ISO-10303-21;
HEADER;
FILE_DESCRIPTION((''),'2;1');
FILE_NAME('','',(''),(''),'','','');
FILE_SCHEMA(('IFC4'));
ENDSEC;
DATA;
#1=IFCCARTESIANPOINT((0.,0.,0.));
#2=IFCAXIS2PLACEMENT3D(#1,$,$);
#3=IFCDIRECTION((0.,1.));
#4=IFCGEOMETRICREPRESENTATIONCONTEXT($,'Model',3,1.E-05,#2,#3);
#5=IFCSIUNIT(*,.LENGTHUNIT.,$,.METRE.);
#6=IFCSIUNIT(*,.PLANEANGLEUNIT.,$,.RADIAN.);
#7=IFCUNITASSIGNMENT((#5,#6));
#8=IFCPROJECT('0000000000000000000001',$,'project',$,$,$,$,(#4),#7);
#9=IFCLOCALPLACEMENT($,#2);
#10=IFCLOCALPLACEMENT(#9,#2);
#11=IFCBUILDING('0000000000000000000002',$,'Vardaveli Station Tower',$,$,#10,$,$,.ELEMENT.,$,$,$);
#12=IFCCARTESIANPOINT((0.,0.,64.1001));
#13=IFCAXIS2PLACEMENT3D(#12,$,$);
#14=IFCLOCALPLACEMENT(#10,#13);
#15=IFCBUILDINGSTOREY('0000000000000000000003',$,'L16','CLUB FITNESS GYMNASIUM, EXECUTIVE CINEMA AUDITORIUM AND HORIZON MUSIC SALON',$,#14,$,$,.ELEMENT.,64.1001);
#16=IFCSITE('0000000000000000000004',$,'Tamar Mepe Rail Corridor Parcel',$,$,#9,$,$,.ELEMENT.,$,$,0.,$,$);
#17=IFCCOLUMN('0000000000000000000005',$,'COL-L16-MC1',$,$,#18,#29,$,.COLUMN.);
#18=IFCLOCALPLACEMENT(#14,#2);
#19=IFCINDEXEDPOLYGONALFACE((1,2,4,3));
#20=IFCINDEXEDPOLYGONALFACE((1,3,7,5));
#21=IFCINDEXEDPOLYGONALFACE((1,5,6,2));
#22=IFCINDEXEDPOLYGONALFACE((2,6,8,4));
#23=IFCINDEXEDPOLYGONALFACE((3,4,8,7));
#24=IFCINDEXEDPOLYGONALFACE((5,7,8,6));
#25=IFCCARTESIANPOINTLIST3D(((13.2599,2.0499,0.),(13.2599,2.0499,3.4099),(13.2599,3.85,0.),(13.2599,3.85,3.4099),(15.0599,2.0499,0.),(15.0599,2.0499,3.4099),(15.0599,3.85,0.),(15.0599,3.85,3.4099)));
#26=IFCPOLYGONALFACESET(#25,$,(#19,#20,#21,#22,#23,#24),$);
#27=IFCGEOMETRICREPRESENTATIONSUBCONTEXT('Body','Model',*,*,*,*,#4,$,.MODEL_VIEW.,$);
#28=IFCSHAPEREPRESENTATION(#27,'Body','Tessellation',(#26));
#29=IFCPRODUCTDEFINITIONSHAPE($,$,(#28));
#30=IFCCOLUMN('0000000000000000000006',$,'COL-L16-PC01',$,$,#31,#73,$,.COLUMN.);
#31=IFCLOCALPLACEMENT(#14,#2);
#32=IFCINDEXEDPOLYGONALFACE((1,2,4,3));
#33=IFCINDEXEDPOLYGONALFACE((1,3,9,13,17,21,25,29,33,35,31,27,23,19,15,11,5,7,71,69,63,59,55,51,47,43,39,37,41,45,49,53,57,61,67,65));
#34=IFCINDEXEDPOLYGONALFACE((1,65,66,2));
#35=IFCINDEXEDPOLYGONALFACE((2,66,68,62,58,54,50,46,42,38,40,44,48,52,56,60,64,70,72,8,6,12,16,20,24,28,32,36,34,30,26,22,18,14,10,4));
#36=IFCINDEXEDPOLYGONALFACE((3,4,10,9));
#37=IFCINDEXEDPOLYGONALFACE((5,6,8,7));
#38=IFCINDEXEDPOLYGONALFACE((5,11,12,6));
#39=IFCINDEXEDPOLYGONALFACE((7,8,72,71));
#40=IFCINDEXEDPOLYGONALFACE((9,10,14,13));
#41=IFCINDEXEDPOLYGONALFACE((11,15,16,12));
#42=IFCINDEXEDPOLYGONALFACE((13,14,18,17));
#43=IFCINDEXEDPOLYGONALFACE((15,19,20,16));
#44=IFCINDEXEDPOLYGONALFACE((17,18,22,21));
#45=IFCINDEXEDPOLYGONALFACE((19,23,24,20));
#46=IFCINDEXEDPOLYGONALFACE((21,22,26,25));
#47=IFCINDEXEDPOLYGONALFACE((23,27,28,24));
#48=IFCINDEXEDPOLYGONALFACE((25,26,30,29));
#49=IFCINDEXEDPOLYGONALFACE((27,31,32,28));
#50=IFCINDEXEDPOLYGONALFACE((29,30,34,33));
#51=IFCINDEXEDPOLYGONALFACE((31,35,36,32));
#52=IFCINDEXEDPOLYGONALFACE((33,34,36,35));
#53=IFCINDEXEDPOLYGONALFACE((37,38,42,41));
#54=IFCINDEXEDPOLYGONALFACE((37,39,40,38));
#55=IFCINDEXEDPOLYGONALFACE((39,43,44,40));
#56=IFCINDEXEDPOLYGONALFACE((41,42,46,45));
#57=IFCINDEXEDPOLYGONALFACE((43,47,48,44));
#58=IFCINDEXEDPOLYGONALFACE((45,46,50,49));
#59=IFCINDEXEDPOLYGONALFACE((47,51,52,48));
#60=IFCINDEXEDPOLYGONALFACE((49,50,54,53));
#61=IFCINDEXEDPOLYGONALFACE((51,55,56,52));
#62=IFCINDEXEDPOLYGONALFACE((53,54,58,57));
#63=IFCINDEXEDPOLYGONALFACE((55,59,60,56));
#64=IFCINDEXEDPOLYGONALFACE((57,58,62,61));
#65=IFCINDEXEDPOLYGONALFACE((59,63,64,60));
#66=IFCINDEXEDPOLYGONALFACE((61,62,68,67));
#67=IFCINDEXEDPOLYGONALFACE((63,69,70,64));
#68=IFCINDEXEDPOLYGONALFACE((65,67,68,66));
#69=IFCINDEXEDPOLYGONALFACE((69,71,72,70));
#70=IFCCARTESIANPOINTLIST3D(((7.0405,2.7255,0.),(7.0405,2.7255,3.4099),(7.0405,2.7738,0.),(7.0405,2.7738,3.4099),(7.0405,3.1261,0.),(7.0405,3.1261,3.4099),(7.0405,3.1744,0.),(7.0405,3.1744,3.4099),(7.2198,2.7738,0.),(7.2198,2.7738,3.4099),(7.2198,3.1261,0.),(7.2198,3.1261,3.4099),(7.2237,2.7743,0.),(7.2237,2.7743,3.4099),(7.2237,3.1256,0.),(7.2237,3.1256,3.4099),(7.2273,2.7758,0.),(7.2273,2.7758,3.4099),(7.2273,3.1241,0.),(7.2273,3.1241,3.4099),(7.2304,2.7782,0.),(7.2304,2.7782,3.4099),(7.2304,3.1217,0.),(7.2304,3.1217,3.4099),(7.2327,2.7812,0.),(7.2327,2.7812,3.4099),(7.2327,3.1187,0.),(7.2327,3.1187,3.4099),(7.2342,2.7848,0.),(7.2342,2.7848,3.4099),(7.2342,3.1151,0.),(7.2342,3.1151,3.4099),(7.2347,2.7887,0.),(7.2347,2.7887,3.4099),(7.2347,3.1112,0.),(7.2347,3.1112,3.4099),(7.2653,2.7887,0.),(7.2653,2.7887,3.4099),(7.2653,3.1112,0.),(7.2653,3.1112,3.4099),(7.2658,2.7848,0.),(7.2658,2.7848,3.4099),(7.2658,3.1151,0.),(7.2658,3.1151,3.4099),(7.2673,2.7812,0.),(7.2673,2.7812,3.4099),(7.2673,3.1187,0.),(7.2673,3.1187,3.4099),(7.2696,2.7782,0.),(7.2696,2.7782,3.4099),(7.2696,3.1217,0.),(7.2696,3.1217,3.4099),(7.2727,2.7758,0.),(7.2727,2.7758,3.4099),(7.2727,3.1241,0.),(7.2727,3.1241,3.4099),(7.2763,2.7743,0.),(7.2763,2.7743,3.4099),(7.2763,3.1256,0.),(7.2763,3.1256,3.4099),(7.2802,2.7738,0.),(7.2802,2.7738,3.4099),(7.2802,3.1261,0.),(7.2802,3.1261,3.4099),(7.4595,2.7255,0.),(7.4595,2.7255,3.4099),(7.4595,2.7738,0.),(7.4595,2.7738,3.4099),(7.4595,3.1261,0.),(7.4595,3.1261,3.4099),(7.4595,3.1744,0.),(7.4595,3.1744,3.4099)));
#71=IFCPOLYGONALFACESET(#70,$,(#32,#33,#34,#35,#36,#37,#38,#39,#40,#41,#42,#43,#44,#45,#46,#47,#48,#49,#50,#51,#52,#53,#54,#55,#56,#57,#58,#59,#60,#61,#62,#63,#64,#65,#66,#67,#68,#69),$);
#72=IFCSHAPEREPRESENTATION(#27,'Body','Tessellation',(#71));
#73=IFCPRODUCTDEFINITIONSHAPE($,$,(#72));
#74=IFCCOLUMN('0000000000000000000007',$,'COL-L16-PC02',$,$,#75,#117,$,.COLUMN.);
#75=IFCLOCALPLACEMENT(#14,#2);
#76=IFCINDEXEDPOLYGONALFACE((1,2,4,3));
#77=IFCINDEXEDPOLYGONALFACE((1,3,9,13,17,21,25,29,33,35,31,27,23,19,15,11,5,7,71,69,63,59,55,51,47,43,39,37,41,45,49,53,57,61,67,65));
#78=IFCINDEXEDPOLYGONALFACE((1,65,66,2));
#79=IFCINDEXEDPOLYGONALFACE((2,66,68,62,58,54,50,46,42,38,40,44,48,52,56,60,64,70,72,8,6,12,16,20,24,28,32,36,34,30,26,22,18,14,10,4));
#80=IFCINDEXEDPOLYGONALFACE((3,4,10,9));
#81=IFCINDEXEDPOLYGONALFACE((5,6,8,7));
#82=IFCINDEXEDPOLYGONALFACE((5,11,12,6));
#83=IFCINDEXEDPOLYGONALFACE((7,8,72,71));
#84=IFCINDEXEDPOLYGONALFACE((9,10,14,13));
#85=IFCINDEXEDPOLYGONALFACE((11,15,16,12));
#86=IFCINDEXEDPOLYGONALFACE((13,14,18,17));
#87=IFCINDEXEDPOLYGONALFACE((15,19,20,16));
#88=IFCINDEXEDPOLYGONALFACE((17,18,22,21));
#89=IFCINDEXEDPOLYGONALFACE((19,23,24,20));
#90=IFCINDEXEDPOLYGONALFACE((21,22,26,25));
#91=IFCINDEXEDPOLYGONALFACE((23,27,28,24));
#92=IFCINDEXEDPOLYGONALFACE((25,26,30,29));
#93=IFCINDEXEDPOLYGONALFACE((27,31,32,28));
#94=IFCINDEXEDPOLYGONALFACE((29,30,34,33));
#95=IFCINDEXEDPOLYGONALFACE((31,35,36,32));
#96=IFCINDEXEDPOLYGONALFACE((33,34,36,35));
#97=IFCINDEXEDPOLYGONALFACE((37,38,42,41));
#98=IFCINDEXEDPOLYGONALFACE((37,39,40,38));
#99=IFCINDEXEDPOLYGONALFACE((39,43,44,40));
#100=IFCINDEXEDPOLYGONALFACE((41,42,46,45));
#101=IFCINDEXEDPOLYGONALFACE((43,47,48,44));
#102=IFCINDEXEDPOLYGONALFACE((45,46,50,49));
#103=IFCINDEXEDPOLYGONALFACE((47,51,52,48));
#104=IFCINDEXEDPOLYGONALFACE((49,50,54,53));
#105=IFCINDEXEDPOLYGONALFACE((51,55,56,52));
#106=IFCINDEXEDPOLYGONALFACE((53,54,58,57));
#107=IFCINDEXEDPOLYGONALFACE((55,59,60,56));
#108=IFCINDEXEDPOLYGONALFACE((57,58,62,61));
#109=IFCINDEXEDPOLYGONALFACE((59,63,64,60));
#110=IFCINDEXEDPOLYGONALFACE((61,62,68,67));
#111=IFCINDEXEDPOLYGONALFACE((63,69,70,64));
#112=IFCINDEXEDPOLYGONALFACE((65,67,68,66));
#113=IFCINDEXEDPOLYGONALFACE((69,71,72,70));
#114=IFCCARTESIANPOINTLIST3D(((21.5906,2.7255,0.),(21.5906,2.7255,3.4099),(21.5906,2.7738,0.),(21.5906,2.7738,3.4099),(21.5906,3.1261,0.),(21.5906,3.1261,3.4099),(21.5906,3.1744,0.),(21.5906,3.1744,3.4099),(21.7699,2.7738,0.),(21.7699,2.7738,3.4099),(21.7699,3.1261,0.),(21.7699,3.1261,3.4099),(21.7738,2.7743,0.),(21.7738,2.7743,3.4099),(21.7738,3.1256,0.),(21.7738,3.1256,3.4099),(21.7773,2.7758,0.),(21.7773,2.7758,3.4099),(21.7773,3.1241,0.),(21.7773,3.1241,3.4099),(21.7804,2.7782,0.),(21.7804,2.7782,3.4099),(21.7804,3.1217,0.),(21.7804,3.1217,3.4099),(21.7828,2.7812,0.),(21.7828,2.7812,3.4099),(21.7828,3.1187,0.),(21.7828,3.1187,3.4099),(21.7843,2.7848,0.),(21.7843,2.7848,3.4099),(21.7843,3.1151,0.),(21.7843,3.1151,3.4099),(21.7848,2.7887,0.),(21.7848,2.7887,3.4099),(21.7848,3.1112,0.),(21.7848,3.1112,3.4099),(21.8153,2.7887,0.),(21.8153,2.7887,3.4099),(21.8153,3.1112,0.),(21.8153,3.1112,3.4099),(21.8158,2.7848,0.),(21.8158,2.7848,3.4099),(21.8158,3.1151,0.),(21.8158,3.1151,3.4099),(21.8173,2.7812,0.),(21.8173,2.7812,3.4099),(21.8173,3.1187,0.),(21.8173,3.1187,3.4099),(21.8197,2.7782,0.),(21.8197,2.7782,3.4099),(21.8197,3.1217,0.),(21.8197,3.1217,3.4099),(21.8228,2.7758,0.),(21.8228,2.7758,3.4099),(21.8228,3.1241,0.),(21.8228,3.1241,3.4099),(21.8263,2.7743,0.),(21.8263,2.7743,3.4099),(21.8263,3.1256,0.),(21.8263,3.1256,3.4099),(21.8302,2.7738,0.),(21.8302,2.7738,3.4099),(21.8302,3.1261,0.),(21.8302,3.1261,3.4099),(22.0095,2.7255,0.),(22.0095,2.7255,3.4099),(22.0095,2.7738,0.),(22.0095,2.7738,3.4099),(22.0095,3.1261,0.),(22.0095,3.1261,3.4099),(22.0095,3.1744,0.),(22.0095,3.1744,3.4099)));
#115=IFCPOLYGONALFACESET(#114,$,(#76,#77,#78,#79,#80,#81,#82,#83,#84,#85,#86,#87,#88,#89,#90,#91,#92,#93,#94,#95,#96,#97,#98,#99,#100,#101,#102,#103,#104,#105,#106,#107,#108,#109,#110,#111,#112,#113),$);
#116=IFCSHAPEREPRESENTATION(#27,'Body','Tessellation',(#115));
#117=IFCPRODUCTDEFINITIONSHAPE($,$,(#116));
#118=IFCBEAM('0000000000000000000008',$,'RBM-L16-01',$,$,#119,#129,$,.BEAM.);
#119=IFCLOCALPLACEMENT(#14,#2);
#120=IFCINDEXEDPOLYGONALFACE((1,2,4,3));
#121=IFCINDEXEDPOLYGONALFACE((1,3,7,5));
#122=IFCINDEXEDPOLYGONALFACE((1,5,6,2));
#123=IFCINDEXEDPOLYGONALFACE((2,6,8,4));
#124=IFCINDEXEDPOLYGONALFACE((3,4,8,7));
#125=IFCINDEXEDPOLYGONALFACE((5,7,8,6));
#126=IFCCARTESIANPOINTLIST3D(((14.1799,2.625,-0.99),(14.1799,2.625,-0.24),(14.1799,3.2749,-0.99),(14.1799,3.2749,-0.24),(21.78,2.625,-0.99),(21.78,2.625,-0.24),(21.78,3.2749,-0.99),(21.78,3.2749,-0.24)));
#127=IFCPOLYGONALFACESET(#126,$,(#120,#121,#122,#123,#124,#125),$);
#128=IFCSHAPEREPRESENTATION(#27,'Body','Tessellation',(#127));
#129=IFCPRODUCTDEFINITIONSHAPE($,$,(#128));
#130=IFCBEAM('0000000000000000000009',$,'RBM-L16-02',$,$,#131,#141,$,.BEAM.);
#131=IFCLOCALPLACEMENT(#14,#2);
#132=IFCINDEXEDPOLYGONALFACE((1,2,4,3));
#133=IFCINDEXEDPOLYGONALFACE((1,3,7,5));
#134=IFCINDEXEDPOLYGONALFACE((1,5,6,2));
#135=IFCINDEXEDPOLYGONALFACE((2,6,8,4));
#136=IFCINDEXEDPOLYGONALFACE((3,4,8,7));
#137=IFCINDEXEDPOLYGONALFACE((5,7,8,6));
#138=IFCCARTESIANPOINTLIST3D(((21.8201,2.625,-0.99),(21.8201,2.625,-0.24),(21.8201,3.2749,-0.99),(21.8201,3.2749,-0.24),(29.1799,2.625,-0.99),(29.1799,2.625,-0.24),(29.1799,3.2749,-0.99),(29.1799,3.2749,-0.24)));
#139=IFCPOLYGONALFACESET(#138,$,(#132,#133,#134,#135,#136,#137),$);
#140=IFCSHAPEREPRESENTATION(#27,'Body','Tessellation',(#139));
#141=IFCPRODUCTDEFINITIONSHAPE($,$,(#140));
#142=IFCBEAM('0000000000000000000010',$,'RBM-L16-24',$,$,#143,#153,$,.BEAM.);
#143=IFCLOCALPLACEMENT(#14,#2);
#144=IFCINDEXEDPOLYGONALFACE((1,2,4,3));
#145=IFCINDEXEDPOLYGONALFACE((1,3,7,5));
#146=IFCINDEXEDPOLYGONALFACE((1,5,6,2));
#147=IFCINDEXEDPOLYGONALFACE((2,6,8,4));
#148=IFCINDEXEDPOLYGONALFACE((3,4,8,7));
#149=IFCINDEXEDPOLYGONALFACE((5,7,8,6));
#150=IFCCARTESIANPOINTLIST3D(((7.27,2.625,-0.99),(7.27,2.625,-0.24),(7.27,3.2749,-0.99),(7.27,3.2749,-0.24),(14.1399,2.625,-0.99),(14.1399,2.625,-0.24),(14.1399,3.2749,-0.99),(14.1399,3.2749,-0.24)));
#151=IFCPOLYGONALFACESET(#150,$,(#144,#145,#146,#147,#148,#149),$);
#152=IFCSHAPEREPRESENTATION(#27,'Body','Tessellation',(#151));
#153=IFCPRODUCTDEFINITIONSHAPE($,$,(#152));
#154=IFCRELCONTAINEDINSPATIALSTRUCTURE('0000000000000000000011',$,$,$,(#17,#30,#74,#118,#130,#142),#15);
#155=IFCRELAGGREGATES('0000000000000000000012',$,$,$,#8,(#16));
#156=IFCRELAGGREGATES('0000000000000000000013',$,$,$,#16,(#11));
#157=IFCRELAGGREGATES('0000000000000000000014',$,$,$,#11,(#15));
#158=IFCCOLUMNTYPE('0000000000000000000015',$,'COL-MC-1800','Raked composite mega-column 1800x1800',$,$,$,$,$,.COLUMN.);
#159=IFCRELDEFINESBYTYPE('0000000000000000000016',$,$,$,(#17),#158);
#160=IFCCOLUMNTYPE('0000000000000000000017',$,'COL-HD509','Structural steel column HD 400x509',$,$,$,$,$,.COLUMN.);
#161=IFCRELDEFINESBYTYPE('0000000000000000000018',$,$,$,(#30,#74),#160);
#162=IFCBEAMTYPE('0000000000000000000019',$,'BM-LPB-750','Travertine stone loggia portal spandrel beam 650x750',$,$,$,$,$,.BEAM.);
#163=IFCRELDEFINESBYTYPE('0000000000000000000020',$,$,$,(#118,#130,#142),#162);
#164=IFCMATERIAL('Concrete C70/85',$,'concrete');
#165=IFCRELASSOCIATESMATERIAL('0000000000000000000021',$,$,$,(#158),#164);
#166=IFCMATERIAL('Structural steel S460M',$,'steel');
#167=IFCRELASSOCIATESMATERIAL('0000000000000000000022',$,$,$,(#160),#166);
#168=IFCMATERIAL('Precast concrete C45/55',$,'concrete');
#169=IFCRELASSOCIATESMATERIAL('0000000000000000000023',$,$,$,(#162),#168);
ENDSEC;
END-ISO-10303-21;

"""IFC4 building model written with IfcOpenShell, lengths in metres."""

from ifc_helpers import new_model, si_unit, direction, frame, origin, origin_2d, place, context, subcontext, project, spatial, rectangle, i_section, extrude, source, transform, mapped, material, material_profile, profile_set, type_object, element, save


model = new_model("IFC4")

# Units and contexts
model_context = context("Model", 3, precision=1e-05, world=origin(), true_north=direction((0.0, 1.0)))
body_context = subcontext(model_context, "Body", "Model", "MODEL_VIEW")
ifc_project = project(units=[si_unit("LENGTHUNIT", "METRE"), si_unit("PLANEANGLEUNIT", "RADIAN")], contexts=[model_context])

# Site, building, storey
site_placement = place(None, origin())
site = spatial("IfcSite", under=ifc_project, at=site_placement, Name="Tamar Mepe Rail Corridor Parcel", CompositionType="ELEMENT", RefElevation=0.0)
building_placement = place(site_placement, origin())
building = spatial("IfcBuilding", under=site, at=building_placement, Name="Vardaveli Station Tower", CompositionType="ELEMENT")
storey_placement = place(building_placement, frame((0.0, 0.0, 64.1001)))
storey = spatial("IfcBuildingStorey", under=building, at=storey_placement, Name="L16", Description="CLUB FITNESS GYMNASIUM, EXECUTIVE CINEMA AUDITORIUM AND HORIZON MUSIC SALON", CompositionType="ELEMENT", Elevation=64.1001)

# Columns
ifc_material_1 = material(Name="Concrete C70/85", Category="concrete")
ifc_material_profile_1 = material_profile(ifc_material_1, rectangle(XDim=1.8, YDim=1.8, at=origin_2d()), Name="MC 1800x1800")
ifc_profile_set_1 = profile_set([ifc_material_profile_1], Name="Concrete C70/85")
column_type_1 = type_object("IfcColumnType", Name="COL-MC-1800", Description="Raked composite mega-column 1800x1800", PredefinedType="COLUMN", material=ifc_profile_set_1)
shared_shape_1 = source(origin(), body_context, "Body", "SweptSolid", [
    extrude(rectangle(XDim=1.8, YDim=1.8, at=origin_2d()), origin(), (0.0, 0.0, 1.0), 3.4099),
])
column_placement = place(storey_placement, frame((14.1599, 2.95, 0.0), z_axis=(0.0, 0.0, 1.0), x_axis=(1.0, 0.0, 0.0)))
element("IfcColumn", 1, at=column_placement, inside=storey, type_object=column_type_1, Name="COL-L16-MC1", PredefinedType="COLUMN", context=body_context, shape_type="MappedRepresentation", body=[
    mapped(shared_shape_1, transform((0.0, 0.0, 0.0), scale=1.0)),
])
ifc_material_2 = material(Name="Structural steel S460M", Category="steel")
ifc_material_profile_2 = material_profile(ifc_material_2, i_section(OverallWidth=0.4189, OverallDepth=0.449, WebThickness=0.0305, FlangeThickness=0.0483, FilletRadius=0.0149, at=origin_2d()), Name="HD 400x509")
ifc_profile_set_2 = profile_set([ifc_material_profile_2], Name="Structural steel S460M")
column_type_2 = type_object("IfcColumnType", Name="COL-HD509", Description="Structural steel column HD 400x509", PredefinedType="COLUMN", material=ifc_profile_set_2)
shared_shape_2 = source(origin(), body_context, "Body", "SweptSolid", [
    extrude(i_section(OverallWidth=0.4189, OverallDepth=0.449, WebThickness=0.0305, FlangeThickness=0.0483, FilletRadius=0.0149, at=origin_2d()), origin(), (0.0, 0.0, 1.0), 3.4099),
])
for number, where, z_axis, x_axis, name in (
    (2, (7.25, 2.95, 0.0), (0.0, 0.0, 1.0), (1.0, 0.0, 0.0), "COL-L16-PC01"),
    (3, (21.8, 2.95, 0.0), (0.0, 0.0, 1.0), (1.0, 0.0, 0.0), "COL-L16-PC02"),
):
    element("IfcColumn", number, at=place(storey_placement, frame(where, z_axis=z_axis, x_axis=x_axis)), inside=storey, type_object=column_type_2, Name=name, PredefinedType="COLUMN", context=body_context, shape_type="MappedRepresentation", body=[
        mapped(shared_shape_2, transform((0.0, 0.0, 0.0), scale=1.0)),
    ])

# Beams
ifc_material_3 = material(Name="Precast concrete C45/55", Category="concrete")
ifc_material_profile_3 = material_profile(ifc_material_3, rectangle(XDim=0.6499, YDim=0.75, at=origin_2d()), Name="LPB 650x750")
ifc_profile_set_3 = profile_set([ifc_material_profile_3], Name="Precast concrete C45/55")
beam_type_1 = type_object("IfcBeamType", Name="BM-LPB-750", Description="Travertine stone loggia portal spandrel beam 650x750", PredefinedType="BEAM", material=ifc_profile_set_3)
shared_shape_3 = source(origin(), body_context, "Body", "SweptSolid", [
    extrude(rectangle(XDim=0.6499, YDim=0.75, at=origin_2d()), origin(), (0.0, 0.0, 1.0), 7.6001),
])
beam_1_placement = place(storey_placement, frame((14.1799, 2.95, -0.615), z_axis=(1.0, 0.0, 0.0), x_axis=(0.0, 1.0, 0.0)))
element("IfcBeam", 4, at=beam_1_placement, inside=storey, type_object=beam_type_1, Name="RBM-L16-01", PredefinedType="BEAM", context=body_context, shape_type="MappedRepresentation", body=[
    mapped(shared_shape_3, transform((0.0, 0.0, 0.0), scale=1.0)),
])
shared_shape_4 = source(origin(), body_context, "Body", "SweptSolid", [
    extrude(rectangle(XDim=0.6499, YDim=0.75, at=origin_2d()), origin(), (0.0, 0.0, 1.0), 7.3599),
])
beam_2_placement = place(storey_placement, frame((21.8201, 2.95, -0.615), z_axis=(1.0, 0.0, 0.0), x_axis=(0.0, 1.0, 0.0)))
element("IfcBeam", 5, at=beam_2_placement, inside=storey, type_object=beam_type_1, Name="RBM-L16-02", PredefinedType="BEAM", context=body_context, shape_type="MappedRepresentation", body=[
    mapped(shared_shape_4, transform((0.0, 0.0, 0.0), scale=1.0)),
])
shared_shape_5 = source(origin(), body_context, "Body", "SweptSolid", [
    extrude(rectangle(XDim=0.6499, YDim=0.75, at=origin_2d()), origin(), (0.0, 0.0, 1.0), 6.8699),
])
beam_3_placement = place(storey_placement, frame((7.27, 2.95, -0.615), z_axis=(1.0, 0.0, 0.0), x_axis=(0.0, 1.0, 0.0)))
element("IfcBeam", 6, at=beam_3_placement, inside=storey, type_object=beam_type_1, Name="RBM-L16-24", PredefinedType="BEAM", context=body_context, shape_type="MappedRepresentation", body=[
    mapped(shared_shape_5, transform((0.0, 0.0, 0.0), scale=1.0)),
])

save(model, "model.ifc")
